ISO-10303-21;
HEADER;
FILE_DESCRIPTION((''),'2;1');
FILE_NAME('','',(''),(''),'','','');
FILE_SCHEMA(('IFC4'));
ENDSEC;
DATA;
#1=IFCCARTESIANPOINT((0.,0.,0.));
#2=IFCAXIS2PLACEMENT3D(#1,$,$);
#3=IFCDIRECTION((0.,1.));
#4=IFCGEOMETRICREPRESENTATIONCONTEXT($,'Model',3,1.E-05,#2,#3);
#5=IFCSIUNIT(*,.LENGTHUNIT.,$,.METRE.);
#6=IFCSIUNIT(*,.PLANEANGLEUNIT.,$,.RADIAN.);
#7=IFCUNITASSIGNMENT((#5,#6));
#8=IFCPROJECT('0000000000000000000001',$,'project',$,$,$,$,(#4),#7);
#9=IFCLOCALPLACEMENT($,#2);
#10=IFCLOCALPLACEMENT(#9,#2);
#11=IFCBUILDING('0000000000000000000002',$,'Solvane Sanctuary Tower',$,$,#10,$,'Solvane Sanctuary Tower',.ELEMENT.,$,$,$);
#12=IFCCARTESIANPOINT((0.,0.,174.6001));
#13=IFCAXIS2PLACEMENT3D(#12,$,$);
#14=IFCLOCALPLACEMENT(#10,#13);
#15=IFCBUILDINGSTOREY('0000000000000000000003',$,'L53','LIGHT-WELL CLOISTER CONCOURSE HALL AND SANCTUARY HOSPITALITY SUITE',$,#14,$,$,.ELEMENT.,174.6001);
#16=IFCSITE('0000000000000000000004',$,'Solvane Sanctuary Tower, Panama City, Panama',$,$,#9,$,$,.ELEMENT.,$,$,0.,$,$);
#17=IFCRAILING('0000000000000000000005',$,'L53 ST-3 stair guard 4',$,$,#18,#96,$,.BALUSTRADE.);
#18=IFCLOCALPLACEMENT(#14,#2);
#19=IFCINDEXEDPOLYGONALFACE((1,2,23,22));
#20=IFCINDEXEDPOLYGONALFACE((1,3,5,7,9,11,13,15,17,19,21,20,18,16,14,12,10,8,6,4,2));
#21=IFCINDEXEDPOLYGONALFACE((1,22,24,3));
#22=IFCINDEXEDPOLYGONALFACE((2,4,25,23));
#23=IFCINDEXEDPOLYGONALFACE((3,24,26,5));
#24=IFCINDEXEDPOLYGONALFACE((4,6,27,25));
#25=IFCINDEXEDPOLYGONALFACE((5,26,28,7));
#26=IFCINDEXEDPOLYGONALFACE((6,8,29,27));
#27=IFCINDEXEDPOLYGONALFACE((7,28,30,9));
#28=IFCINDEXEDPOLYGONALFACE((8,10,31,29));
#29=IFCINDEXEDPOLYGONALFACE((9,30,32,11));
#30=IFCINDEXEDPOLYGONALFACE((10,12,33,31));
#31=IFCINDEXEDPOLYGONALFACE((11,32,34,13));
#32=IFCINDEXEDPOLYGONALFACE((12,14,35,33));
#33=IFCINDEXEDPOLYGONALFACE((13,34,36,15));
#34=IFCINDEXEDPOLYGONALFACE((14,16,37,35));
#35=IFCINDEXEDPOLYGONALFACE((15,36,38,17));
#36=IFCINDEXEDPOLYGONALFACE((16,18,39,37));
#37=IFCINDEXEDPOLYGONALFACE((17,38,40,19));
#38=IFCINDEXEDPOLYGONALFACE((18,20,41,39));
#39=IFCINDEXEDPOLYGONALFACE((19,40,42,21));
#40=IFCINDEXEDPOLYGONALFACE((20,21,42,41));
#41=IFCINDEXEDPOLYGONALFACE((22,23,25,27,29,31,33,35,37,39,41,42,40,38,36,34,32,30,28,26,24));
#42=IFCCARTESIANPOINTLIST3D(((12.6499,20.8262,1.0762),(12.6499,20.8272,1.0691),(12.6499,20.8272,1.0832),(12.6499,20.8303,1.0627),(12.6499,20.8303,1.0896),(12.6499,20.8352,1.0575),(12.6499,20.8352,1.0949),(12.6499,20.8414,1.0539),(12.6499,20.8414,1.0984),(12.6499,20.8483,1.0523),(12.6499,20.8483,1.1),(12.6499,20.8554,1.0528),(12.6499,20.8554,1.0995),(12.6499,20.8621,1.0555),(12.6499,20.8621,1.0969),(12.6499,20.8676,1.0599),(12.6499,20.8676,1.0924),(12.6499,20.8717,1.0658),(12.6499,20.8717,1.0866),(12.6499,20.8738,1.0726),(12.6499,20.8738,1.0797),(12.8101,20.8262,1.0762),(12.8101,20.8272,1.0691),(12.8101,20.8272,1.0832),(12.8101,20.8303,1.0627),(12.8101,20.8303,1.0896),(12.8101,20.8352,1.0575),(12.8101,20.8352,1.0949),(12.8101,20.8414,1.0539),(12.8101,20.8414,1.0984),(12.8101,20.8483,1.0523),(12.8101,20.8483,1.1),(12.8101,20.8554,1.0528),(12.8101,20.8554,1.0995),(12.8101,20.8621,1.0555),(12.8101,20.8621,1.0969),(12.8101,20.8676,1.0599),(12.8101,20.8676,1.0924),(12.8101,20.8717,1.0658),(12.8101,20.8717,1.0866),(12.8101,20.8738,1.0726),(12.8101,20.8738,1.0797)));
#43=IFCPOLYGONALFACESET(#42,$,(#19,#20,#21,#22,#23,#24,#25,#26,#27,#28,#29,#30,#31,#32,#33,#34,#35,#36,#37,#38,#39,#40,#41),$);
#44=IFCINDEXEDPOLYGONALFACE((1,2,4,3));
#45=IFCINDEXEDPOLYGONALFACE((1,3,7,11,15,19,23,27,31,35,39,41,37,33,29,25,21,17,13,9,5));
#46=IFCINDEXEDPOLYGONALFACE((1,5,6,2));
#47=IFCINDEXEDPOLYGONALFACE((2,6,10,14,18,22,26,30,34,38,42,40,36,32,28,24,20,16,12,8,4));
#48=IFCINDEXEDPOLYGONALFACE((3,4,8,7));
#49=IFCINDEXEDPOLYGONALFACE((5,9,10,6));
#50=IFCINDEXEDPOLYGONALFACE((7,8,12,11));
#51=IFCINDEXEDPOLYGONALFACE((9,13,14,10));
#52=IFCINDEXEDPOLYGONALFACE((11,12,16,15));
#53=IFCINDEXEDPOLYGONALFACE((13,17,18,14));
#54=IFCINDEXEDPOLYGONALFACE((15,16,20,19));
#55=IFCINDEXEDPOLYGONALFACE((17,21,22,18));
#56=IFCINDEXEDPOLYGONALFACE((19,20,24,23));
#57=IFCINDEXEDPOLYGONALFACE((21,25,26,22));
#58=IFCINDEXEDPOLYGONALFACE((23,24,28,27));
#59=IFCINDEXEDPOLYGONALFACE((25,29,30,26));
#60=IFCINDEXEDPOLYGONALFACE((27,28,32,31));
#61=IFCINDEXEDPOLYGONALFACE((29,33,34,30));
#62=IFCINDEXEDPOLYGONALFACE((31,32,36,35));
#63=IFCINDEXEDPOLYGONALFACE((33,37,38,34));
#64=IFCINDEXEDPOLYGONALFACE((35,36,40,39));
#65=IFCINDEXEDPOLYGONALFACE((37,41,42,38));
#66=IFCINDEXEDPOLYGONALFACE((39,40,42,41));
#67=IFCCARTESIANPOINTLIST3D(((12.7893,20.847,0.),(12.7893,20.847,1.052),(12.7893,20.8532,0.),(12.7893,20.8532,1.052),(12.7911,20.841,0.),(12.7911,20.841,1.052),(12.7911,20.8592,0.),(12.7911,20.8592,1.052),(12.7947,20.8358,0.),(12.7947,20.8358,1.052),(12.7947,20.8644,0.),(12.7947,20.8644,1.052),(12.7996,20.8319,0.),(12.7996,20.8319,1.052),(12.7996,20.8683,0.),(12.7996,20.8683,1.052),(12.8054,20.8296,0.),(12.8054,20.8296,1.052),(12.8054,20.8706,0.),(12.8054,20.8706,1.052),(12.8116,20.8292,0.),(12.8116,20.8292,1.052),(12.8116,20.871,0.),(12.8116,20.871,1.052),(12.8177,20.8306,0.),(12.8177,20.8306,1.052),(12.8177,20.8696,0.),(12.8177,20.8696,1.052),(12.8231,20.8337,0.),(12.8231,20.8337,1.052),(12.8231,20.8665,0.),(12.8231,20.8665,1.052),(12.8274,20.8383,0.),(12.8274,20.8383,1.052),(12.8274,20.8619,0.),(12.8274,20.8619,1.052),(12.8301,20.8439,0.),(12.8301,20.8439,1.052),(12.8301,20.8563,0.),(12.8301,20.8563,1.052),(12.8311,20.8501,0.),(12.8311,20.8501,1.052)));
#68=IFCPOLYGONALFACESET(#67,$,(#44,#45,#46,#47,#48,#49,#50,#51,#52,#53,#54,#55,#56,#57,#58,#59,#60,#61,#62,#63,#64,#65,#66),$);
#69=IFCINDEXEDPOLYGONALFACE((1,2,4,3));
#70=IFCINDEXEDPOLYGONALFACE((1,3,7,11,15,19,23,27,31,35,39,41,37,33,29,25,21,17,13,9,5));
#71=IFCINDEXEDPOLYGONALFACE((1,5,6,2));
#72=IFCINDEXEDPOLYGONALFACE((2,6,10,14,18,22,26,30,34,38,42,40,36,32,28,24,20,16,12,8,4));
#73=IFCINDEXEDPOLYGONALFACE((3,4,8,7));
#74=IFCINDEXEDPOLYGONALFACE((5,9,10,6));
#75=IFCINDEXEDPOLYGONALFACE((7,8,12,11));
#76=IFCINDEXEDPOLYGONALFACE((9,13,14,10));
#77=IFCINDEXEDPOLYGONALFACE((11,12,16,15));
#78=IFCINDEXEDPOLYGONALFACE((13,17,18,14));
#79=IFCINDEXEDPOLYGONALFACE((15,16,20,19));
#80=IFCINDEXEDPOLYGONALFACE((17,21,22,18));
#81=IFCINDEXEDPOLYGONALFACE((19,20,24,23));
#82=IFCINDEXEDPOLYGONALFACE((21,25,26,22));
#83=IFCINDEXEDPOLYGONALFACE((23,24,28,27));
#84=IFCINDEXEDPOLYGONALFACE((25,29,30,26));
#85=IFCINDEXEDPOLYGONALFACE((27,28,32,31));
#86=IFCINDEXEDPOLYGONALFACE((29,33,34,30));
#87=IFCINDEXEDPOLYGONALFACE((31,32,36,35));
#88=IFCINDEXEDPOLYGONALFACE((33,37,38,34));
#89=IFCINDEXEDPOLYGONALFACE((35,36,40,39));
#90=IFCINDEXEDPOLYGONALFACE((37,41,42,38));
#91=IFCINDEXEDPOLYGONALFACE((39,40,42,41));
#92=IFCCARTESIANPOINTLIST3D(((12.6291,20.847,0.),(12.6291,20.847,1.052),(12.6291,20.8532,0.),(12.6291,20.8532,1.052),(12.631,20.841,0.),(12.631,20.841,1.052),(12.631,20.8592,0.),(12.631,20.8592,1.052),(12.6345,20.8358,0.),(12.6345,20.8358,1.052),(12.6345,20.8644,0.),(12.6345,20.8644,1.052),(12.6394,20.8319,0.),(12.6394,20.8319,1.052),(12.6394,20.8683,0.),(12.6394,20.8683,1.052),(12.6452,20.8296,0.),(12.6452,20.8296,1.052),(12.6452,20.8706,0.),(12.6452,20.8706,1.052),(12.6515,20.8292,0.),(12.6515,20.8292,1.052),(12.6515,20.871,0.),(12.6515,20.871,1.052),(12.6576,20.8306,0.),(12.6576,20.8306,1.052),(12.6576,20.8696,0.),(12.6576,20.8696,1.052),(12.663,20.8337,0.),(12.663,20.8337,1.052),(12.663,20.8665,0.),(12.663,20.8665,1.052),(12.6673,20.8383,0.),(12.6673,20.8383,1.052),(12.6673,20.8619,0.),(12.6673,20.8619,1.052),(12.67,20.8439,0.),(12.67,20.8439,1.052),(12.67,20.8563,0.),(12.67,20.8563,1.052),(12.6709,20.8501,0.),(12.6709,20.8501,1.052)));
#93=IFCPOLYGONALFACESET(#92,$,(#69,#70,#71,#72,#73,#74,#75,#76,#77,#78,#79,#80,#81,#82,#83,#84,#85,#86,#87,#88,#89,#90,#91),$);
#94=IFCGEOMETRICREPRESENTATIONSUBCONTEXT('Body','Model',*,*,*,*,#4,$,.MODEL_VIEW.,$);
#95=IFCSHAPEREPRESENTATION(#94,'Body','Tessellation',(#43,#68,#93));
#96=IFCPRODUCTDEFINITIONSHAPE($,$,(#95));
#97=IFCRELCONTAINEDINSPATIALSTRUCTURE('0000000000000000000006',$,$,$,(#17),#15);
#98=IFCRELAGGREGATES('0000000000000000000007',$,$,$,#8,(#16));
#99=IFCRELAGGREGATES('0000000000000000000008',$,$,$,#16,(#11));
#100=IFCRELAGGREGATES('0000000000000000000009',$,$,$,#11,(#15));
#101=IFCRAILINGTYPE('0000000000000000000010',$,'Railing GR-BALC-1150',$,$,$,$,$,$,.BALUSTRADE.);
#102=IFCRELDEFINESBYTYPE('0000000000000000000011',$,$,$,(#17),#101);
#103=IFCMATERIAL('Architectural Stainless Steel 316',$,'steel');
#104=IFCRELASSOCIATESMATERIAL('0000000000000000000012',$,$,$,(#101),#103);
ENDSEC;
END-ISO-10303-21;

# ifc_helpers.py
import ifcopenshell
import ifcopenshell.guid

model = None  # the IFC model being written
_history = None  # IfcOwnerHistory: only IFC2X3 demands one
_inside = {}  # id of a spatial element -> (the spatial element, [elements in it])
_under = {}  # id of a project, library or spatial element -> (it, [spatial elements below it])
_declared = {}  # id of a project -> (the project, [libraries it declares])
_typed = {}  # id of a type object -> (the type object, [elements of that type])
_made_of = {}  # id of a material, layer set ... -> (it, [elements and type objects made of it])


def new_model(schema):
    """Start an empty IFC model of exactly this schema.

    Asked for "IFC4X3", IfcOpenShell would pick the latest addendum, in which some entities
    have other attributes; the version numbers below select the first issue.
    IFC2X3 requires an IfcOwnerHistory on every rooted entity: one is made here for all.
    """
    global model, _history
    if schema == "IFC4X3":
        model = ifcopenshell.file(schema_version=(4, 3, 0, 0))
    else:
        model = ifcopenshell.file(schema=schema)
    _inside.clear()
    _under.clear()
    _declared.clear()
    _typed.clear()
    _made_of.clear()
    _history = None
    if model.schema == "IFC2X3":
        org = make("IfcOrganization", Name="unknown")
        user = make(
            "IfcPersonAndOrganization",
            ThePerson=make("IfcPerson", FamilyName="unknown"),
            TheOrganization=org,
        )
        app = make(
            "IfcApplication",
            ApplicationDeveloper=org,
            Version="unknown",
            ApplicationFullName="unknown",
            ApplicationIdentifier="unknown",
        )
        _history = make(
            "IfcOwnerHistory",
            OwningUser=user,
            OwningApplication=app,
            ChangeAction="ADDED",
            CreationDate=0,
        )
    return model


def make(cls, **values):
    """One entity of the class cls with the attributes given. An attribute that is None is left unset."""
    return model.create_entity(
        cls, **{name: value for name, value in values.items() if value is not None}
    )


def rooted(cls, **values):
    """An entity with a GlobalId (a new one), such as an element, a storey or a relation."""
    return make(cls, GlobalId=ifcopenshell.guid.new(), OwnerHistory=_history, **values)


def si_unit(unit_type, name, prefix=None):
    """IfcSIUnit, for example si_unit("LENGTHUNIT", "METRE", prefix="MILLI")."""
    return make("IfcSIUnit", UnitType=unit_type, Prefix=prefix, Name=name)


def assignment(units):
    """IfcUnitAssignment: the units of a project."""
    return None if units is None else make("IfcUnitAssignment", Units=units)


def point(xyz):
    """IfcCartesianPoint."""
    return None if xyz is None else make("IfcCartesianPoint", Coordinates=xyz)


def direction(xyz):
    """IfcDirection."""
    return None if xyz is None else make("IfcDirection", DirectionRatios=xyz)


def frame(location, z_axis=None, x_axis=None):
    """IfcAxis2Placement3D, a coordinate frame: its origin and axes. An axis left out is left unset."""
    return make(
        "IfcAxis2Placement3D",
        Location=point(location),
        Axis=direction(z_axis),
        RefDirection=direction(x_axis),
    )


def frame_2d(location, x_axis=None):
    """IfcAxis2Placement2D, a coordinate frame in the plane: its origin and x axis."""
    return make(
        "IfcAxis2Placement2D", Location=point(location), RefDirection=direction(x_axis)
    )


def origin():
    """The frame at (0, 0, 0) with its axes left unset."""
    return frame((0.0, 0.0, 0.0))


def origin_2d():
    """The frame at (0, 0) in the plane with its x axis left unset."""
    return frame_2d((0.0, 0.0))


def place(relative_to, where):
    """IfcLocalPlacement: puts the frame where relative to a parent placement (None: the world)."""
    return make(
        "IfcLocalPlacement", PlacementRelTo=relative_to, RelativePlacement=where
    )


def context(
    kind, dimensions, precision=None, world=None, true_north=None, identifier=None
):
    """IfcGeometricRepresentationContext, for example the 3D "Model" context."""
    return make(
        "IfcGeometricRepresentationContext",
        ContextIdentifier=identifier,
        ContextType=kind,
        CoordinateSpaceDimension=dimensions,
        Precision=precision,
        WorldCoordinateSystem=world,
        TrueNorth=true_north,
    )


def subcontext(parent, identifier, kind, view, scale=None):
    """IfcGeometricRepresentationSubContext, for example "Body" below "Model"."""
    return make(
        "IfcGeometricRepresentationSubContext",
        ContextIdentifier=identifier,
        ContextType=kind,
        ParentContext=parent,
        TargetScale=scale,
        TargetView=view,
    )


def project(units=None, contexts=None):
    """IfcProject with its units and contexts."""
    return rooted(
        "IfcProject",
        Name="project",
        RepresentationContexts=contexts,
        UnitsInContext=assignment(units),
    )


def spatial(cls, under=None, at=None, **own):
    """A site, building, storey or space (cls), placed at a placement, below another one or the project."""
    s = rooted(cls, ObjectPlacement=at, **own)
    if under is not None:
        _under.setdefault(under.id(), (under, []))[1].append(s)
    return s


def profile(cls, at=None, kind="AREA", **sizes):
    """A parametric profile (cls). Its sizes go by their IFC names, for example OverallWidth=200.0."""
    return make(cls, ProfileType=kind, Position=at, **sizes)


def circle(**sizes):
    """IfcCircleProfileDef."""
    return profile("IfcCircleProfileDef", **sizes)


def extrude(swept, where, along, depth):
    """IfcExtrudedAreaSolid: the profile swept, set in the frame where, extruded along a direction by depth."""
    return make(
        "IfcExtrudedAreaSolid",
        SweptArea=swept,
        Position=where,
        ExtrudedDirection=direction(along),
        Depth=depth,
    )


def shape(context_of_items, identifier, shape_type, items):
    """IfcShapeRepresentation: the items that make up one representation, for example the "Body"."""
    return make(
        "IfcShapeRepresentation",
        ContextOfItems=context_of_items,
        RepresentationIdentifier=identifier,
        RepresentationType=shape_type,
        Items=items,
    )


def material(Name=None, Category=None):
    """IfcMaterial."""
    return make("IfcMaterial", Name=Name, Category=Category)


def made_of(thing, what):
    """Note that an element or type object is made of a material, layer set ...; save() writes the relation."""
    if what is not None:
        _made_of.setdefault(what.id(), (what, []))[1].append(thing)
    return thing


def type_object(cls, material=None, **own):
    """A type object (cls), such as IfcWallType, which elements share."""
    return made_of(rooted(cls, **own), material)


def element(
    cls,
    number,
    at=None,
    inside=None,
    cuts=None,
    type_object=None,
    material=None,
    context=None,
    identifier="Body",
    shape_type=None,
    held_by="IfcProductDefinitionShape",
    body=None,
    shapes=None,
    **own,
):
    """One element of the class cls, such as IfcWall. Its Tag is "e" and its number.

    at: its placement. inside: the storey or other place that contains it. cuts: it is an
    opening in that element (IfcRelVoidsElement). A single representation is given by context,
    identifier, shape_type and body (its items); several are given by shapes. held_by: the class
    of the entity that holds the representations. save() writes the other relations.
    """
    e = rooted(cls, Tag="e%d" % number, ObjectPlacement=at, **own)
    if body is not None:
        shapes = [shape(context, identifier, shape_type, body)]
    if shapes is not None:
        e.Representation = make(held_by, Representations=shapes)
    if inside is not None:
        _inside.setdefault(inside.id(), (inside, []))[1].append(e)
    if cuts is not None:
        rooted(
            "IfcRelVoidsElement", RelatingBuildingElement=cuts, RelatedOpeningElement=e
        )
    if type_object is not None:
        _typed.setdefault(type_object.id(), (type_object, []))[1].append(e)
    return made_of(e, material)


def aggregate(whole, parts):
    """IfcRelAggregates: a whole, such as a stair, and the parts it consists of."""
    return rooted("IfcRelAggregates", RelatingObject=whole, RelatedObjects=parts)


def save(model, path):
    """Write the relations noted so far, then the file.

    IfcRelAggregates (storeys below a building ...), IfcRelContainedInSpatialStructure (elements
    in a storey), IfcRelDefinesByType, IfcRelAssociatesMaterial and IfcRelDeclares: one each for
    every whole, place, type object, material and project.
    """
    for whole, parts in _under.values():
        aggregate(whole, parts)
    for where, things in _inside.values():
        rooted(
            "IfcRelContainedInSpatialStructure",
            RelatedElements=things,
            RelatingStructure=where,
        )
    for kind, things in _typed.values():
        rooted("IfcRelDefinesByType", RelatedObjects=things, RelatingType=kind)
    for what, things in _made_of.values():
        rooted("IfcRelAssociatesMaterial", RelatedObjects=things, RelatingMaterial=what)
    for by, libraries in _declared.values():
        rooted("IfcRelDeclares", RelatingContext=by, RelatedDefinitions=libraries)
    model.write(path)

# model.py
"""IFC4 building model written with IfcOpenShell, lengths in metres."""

from ifc_helpers import new_model, si_unit, direction, frame, origin, origin_2d, place, context, subcontext, project, spatial, circle, extrude, material, type_object, element, save


model = new_model("IFC4")

# Units and contexts
model_context = context("Model", 3, precision=1e-05, world=origin(), true_north=direction((0.0, 1.0)))
body_context = subcontext(model_context, "Body", "Model", "MODEL_VIEW")
ifc_project = project(units=[si_unit("LENGTHUNIT", "METRE"), si_unit("PLANEANGLEUNIT", "RADIAN")], contexts=[model_context])

# Site, building, storey
site_placement = place(None, origin())
site = spatial("IfcSite", under=ifc_project, at=site_placement, Name="Solvane Sanctuary Tower, Panama City, Panama", CompositionType="ELEMENT", RefElevation=0.0)
building_placement = place(site_placement, origin())
building = spatial("IfcBuilding", under=site, at=building_placement, Name="Solvane Sanctuary Tower", LongName="Solvane Sanctuary Tower", CompositionType="ELEMENT")
storey_placement = place(building_placement, frame((0.0, 0.0, 174.6001)))
storey = spatial("IfcBuildingStorey", under=building, at=storey_placement, Name="L53", Description="LIGHT-WELL CLOISTER CONCOURSE HALL AND SANCTUARY HOSPITALITY SUITE", CompositionType="ELEMENT", Elevation=174.6001)

# Railing
ifc_material_1 = material(Name="Architectural Stainless Steel 316", Category="steel")
railing_type_1 = type_object("IfcRailingType", Name="Railing GR-BALC-1150", PredefinedType="BALUSTRADE", material=ifc_material_1)
railing_1_placement = place(storey_placement, frame((12.8101, 20.8501, 0.0)))
element("IfcRailing", 1, at=railing_1_placement, inside=storey, type_object=railing_type_1, Name="L53 ST-3 stair guard 4", PredefinedType="BALUSTRADE", context=body_context, shape_type="SweptSolid", body=[
    extrude(circle(Radius=0.0239, at=origin_2d()), frame((0.0, 0.0, 1.0762), z_axis=(-1.0, 0.0, 0.0), x_axis=(0.0, -1.0, 0.0)), (0.0, 0.0, 1.0), 0.1602),
    extrude(circle(Radius=0.021, at=origin_2d()), origin(), (0.0, 0.0, 1.0), 1.052),
    extrude(circle(Radius=0.021, at=origin_2d()), frame((-0.1602, 0.0, 0.0)), (0.0, 0.0, 1.0), 1.052),
])

save(model, "model.ifc")
